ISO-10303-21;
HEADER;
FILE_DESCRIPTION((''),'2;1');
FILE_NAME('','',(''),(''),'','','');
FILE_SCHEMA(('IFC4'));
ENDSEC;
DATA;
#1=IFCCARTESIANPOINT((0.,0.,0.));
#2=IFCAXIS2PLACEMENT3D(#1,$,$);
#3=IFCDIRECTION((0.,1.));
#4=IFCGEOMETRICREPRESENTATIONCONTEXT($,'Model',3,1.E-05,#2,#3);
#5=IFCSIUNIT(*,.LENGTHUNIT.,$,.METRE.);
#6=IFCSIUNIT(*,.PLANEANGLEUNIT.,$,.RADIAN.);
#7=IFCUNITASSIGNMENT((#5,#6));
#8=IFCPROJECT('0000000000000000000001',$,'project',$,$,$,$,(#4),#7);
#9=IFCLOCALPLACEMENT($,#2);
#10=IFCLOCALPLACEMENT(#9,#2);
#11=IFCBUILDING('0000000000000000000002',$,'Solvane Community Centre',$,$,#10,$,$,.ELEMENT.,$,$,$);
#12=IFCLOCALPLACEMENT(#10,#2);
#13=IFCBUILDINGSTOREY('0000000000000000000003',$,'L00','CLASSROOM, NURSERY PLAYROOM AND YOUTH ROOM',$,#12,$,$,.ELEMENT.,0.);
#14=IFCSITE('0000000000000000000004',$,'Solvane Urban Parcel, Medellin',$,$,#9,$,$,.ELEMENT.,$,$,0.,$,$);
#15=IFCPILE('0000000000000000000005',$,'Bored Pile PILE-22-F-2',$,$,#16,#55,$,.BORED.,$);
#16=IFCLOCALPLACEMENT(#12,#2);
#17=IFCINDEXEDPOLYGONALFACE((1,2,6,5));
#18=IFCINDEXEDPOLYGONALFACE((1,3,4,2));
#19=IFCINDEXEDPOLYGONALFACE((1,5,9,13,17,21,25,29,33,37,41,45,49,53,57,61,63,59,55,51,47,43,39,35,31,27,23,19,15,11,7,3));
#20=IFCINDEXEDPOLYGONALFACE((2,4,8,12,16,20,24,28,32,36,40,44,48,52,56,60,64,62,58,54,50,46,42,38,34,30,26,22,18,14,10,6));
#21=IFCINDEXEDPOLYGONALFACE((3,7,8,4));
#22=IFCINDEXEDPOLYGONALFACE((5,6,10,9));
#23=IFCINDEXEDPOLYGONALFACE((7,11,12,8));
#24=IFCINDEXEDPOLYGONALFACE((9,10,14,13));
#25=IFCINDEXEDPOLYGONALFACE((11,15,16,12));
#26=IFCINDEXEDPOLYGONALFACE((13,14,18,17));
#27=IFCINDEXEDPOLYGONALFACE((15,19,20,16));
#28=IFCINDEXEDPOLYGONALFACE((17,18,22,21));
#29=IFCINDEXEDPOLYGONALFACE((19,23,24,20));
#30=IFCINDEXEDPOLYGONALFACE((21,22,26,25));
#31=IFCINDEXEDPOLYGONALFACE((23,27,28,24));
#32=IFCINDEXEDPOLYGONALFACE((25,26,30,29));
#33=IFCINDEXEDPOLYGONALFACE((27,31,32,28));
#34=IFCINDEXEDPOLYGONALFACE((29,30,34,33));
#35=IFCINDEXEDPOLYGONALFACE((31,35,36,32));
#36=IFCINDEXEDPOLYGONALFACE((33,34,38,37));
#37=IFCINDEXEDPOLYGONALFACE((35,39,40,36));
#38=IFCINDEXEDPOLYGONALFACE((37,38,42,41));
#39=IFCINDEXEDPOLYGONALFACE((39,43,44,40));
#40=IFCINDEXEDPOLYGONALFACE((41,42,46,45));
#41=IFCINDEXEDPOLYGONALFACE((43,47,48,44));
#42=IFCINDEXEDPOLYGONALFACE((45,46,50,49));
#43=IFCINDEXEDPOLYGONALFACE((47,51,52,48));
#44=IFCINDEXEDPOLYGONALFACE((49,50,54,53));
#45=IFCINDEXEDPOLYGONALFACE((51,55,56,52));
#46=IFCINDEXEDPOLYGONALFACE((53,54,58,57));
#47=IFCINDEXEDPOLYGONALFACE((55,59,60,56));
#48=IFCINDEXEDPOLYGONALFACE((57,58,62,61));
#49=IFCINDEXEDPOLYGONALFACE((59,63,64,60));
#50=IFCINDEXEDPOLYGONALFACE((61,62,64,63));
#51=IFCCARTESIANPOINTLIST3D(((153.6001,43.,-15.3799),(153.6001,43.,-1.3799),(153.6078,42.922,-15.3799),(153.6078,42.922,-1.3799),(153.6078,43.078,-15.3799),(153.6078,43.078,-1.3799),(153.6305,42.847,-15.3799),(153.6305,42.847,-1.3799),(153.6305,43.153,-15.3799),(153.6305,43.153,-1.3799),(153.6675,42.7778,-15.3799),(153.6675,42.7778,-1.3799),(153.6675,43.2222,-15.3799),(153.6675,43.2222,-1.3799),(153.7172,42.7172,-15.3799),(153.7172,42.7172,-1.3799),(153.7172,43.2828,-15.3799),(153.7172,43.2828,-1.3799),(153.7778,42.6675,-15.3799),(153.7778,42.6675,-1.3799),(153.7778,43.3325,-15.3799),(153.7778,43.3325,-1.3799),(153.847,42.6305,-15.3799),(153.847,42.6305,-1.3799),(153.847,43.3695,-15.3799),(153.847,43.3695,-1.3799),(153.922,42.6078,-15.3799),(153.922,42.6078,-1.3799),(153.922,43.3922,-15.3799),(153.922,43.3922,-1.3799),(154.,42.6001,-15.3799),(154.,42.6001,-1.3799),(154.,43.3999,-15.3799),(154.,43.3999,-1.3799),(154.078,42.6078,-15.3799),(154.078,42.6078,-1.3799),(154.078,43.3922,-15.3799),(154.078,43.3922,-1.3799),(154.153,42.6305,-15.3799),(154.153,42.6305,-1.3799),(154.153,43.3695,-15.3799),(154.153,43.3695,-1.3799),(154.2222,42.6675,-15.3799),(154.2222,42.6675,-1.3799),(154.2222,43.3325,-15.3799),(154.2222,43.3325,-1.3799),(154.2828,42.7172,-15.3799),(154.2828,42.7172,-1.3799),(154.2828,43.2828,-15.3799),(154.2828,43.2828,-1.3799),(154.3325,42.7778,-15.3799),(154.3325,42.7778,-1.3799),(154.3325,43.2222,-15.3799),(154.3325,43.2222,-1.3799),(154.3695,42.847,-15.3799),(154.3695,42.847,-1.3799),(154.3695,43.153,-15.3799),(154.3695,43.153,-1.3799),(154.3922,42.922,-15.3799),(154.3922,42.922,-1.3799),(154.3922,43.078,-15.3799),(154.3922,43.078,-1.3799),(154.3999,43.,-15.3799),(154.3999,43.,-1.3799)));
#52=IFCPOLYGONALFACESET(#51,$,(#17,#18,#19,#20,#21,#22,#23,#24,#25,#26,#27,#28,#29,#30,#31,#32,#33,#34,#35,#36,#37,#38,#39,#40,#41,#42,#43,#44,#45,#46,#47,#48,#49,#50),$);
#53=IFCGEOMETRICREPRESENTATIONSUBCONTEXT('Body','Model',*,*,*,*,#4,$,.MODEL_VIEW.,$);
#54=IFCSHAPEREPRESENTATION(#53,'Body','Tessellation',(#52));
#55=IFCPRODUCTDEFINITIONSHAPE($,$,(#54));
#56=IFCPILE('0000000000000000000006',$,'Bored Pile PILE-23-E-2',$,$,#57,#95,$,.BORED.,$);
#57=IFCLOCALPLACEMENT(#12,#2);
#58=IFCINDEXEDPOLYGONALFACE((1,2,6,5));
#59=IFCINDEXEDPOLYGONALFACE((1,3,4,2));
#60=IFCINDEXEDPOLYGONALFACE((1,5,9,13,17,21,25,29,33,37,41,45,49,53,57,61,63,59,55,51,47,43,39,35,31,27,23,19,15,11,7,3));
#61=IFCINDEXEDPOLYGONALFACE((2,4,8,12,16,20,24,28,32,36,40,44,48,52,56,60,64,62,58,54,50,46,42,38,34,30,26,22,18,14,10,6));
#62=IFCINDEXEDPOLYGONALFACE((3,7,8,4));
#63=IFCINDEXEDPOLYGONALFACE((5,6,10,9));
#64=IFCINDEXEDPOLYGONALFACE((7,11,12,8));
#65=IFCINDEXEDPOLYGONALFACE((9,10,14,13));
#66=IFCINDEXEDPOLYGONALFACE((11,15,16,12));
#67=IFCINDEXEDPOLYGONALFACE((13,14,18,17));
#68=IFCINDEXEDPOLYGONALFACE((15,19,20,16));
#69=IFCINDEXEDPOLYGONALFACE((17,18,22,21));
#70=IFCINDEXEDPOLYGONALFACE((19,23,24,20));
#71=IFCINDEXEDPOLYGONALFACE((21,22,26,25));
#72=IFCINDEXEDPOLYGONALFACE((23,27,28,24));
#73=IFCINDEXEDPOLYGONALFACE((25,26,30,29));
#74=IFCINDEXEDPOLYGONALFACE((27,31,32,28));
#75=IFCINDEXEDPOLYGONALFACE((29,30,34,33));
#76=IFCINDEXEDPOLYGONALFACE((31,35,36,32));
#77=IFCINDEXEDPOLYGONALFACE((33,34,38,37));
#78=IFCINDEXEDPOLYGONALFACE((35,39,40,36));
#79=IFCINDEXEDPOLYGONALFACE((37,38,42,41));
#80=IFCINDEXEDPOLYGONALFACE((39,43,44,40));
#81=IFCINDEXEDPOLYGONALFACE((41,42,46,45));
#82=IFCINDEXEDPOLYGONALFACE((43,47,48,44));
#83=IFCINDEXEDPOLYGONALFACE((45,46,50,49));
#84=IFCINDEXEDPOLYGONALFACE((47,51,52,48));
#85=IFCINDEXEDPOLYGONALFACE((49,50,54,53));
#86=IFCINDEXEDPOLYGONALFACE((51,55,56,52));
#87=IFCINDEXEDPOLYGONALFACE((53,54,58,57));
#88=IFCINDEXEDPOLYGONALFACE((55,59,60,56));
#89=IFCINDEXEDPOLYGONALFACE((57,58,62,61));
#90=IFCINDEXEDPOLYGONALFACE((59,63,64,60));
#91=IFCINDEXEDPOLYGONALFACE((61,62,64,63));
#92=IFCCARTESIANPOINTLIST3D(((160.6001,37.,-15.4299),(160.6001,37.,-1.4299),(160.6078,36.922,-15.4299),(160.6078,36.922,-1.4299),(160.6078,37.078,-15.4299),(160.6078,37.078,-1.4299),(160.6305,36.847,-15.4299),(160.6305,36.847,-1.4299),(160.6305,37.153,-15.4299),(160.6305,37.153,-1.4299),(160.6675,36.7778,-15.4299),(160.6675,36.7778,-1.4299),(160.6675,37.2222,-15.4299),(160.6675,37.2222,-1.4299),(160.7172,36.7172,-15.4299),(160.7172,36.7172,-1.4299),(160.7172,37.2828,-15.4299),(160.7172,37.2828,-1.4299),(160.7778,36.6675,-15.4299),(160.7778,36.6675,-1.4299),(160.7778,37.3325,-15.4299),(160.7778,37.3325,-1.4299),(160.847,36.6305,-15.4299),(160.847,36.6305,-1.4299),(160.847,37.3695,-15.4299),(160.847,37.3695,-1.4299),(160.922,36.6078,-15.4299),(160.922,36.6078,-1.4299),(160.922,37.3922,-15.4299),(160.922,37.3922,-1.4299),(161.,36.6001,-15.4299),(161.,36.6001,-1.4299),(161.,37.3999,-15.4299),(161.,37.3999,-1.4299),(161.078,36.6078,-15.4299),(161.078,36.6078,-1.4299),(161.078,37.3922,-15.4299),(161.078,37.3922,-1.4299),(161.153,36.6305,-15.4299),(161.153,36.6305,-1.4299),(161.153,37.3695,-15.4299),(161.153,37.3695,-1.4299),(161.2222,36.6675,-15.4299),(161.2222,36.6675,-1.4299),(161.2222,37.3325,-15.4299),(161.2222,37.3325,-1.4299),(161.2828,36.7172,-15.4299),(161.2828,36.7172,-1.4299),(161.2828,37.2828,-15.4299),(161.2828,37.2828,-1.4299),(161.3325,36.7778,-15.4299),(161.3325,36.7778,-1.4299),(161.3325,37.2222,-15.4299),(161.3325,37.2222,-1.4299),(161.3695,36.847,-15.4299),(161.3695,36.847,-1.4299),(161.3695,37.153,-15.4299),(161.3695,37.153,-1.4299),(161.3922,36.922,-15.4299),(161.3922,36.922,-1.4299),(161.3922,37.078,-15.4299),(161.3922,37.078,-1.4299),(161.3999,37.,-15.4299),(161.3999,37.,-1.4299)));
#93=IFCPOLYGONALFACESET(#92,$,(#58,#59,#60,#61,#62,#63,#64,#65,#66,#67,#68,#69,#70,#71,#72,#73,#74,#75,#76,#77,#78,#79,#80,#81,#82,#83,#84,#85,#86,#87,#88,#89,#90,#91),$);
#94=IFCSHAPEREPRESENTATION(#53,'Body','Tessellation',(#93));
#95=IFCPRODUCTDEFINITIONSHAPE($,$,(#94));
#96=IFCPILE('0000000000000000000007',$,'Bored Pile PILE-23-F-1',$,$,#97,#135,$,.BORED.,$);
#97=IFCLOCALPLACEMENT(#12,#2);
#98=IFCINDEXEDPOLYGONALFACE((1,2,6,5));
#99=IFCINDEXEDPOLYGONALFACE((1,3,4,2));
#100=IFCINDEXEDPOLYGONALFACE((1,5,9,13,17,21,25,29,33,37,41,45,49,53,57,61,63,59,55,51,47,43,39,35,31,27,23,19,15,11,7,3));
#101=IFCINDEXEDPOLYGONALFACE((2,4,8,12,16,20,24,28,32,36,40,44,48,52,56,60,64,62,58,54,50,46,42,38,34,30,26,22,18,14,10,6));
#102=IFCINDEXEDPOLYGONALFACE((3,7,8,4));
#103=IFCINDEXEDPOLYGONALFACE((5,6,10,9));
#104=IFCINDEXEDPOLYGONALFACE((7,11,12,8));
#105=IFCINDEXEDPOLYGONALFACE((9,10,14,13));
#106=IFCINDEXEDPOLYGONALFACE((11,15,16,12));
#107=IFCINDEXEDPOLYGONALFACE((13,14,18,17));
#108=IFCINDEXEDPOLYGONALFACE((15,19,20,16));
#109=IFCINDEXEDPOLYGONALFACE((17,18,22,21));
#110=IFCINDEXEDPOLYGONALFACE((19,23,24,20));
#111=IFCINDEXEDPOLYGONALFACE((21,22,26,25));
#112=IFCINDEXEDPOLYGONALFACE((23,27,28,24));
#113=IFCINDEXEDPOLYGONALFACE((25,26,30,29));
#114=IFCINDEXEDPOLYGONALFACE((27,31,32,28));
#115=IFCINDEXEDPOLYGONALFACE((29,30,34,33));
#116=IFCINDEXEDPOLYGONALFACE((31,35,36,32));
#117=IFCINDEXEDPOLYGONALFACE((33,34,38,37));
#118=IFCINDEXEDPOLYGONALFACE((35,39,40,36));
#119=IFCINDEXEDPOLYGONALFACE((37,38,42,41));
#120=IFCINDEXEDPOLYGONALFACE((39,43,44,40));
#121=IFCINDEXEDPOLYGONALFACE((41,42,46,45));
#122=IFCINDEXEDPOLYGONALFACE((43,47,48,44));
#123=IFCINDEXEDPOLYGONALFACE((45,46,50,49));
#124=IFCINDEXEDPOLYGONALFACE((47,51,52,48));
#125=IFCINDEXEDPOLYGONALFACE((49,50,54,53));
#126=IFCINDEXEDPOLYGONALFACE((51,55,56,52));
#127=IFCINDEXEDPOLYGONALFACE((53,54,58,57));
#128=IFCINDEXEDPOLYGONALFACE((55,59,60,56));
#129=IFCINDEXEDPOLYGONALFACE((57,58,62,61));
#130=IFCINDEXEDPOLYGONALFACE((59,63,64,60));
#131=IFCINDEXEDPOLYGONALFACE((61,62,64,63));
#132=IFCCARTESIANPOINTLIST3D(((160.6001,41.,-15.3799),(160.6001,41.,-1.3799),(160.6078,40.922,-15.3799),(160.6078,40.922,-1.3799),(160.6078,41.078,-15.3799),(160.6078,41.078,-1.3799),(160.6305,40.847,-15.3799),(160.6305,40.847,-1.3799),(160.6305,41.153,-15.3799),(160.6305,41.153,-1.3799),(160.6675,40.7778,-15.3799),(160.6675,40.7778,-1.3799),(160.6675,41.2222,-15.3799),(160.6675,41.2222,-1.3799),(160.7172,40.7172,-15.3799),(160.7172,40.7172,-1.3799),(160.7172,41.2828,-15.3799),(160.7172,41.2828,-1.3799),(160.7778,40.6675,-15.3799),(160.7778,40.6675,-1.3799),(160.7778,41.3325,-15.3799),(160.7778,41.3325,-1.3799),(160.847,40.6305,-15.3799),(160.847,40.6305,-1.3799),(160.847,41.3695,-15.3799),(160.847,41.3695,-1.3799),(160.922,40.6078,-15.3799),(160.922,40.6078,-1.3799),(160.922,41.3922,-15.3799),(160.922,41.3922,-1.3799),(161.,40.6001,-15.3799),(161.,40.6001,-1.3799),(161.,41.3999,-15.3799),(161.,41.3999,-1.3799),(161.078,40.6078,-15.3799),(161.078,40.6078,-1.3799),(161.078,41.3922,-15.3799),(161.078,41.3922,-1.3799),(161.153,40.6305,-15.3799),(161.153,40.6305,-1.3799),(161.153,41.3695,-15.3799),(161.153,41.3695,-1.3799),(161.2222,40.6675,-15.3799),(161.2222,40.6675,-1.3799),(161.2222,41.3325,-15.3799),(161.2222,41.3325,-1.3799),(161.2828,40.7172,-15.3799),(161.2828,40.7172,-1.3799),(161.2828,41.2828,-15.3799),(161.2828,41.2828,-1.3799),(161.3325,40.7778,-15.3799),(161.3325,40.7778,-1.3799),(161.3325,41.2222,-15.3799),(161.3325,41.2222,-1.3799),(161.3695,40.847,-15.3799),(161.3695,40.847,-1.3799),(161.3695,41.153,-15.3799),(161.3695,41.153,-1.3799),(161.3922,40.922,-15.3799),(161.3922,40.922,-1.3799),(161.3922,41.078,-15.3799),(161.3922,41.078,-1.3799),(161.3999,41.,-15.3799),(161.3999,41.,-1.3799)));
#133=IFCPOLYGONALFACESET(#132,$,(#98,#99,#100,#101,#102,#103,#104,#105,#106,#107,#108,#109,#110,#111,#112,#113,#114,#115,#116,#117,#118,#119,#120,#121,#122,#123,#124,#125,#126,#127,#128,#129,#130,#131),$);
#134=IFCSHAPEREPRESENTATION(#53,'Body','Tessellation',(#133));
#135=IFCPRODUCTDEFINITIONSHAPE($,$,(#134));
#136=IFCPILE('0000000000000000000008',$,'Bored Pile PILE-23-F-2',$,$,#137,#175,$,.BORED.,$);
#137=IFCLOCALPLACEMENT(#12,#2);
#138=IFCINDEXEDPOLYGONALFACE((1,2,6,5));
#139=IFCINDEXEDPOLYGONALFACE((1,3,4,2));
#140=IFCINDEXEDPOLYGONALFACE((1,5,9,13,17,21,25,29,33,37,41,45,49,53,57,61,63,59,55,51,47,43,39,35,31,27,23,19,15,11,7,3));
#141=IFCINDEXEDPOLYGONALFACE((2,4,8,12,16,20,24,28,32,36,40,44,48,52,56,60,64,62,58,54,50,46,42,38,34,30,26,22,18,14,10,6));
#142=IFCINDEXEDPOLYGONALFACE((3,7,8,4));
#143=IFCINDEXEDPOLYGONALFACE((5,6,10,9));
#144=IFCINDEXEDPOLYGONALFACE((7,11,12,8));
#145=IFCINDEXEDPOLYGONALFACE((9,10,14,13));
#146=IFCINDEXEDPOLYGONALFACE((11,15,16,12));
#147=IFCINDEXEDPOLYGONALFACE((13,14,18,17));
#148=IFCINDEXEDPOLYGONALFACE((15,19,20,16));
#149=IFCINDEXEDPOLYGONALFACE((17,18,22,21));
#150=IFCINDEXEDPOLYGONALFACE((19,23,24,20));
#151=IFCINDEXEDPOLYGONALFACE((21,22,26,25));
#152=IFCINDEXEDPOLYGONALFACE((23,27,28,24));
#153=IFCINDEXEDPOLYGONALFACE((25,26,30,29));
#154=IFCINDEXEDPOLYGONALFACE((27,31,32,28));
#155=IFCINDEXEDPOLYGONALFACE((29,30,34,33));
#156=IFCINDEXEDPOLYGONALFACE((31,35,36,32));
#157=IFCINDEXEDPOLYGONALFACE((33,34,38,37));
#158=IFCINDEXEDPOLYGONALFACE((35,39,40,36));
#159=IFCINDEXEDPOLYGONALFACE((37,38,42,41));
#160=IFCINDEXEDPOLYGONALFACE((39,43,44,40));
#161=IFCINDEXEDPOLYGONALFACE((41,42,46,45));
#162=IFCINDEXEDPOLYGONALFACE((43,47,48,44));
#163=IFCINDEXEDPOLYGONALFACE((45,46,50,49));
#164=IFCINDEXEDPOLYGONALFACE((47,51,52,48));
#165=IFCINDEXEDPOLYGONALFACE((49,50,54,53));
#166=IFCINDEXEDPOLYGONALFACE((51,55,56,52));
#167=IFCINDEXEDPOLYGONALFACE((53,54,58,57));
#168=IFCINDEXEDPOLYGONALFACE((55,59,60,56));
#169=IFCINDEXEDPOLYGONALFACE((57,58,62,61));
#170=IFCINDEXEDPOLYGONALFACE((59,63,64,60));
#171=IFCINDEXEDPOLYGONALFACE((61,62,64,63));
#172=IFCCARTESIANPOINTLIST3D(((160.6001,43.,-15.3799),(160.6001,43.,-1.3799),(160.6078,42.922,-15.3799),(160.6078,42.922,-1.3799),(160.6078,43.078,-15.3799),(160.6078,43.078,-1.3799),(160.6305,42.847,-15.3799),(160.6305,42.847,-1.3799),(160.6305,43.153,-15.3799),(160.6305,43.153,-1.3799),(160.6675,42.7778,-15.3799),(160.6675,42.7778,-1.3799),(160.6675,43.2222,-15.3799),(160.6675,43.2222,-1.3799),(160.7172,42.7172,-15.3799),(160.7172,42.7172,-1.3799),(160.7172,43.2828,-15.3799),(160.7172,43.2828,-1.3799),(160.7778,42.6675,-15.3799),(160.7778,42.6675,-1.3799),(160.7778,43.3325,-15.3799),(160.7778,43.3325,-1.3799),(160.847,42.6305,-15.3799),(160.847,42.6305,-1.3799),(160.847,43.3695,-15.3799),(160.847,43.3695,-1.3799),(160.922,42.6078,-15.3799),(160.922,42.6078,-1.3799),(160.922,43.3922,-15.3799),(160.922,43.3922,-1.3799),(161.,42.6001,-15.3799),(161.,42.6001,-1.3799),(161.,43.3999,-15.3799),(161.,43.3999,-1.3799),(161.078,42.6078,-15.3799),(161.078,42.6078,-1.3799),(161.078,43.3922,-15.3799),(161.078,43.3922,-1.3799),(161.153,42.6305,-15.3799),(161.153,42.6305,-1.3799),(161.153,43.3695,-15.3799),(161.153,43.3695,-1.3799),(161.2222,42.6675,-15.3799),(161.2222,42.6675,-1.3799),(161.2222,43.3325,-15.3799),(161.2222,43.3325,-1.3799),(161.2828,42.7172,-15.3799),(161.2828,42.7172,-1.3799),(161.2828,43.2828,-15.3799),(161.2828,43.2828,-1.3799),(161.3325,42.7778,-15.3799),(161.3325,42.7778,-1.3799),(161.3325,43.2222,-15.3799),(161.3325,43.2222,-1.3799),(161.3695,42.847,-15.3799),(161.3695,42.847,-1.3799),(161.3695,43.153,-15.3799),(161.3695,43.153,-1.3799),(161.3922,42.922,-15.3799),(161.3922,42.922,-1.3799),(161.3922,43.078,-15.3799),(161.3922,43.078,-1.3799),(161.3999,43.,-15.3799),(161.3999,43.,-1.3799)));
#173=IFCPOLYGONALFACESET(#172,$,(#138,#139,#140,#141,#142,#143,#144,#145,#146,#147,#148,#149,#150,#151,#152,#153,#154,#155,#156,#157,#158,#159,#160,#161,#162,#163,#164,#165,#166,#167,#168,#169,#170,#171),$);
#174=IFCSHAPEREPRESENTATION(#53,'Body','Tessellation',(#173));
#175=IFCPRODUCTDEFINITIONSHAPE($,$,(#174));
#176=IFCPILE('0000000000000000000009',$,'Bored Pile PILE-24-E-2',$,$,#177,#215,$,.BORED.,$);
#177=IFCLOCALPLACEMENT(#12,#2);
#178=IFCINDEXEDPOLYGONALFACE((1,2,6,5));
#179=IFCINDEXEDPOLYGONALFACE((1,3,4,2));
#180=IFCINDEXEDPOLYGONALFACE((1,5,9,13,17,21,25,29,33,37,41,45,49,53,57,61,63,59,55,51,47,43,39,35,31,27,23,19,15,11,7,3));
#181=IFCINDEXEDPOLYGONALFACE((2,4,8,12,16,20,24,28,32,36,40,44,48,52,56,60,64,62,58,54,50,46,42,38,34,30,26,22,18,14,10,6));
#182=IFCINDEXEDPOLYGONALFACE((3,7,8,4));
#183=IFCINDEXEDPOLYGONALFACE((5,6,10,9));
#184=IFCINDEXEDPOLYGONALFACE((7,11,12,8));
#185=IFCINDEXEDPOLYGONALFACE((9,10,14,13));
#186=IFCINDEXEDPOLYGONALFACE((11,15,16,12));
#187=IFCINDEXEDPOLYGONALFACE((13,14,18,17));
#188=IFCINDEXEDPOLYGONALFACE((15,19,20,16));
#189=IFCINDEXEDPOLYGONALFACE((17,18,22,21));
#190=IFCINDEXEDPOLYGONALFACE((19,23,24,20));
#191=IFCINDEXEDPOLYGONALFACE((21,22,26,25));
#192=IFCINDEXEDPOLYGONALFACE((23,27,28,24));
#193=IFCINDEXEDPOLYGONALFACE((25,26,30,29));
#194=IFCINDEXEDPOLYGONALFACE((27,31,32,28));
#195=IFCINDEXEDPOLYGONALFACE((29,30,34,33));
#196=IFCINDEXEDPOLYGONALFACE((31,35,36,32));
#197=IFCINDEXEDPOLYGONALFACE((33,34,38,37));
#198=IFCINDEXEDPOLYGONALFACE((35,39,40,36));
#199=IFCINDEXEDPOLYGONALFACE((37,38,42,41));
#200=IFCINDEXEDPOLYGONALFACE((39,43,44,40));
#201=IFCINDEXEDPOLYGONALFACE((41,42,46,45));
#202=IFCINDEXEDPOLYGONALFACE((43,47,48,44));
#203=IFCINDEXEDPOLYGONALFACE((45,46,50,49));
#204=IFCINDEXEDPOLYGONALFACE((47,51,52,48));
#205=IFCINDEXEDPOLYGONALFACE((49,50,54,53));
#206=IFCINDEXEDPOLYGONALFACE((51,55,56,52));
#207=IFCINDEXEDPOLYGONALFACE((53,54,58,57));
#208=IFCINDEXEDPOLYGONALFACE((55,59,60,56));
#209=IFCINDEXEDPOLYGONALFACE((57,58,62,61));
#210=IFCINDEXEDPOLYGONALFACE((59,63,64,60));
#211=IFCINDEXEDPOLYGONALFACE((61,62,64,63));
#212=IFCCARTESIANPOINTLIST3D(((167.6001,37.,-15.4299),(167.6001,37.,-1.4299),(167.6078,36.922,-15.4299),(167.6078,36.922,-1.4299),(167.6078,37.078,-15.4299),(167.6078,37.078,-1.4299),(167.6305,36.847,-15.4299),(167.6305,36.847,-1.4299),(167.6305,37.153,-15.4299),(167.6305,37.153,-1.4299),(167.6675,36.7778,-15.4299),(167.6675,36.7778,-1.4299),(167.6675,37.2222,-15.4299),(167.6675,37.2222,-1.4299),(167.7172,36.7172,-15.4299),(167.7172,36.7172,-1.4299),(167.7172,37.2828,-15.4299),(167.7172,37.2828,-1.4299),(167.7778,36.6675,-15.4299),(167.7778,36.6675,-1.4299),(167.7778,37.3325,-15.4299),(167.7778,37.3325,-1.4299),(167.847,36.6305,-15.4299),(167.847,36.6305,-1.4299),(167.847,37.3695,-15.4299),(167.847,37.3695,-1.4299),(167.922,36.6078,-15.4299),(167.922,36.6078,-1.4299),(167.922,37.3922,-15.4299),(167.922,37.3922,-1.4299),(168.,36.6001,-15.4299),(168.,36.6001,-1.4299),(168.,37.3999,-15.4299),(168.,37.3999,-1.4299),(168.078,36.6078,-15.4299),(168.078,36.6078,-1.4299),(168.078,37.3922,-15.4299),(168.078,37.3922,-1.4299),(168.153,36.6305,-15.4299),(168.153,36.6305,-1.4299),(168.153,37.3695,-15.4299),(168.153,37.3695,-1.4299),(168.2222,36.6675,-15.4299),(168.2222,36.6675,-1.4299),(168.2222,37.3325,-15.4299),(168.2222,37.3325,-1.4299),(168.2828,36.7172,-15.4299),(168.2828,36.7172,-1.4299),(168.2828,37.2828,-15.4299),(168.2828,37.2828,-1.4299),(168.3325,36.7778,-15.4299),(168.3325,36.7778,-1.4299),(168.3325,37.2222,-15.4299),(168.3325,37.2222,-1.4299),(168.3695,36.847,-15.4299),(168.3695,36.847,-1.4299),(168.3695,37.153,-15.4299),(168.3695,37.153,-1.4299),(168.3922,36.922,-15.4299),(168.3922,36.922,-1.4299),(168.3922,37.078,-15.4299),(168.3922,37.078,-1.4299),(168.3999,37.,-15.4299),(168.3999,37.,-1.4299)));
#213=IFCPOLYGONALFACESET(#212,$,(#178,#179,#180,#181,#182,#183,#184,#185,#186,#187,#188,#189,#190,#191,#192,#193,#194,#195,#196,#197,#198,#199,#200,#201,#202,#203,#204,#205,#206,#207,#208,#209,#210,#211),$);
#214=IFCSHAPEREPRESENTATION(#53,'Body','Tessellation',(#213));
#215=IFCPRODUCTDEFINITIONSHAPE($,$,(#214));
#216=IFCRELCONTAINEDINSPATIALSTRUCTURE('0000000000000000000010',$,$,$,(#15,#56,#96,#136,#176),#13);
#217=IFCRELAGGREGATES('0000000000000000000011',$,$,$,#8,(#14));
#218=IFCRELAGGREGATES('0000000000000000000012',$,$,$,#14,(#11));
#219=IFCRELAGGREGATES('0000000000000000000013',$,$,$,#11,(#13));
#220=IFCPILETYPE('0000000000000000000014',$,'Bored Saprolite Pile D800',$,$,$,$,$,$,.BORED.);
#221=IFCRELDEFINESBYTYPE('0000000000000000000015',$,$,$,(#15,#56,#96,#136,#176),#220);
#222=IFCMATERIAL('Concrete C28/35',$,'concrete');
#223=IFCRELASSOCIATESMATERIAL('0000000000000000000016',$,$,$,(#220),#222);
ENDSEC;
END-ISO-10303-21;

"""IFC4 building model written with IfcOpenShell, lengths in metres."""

from ifc_helpers import new_model, si_unit, direction, frame, origin, origin_2d, place, context, subcontext, project, spatial, circle, extrude, material, material_profile, profile_set, type_object, element, save


model = new_model("IFC4")

# Units and contexts
model_context = context("Model", 3, precision=1e-05, world=origin(), true_north=direction((0.0, 1.0)))
body_context = subcontext(model_context, "Body", "Model", "MODEL_VIEW")
ifc_project = project(units=[si_unit("LENGTHUNIT", "METRE"), si_unit("PLANEANGLEUNIT", "RADIAN")], contexts=[model_context])

# Site, building, storey
site_placement = place(None, origin())
site = spatial("IfcSite", under=ifc_project, at=site_placement, Name="Solvane Urban Parcel, Medellin", CompositionType="ELEMENT", RefElevation=0.0)
building_placement = place(site_placement, origin())
building = spatial("IfcBuilding", under=site, at=building_placement, Name="Solvane Community Centre", CompositionType="ELEMENT")
storey_placement = place(building_placement, origin())
storey = spatial("IfcBuildingStorey", under=building, at=storey_placement, Name="L00", Description="CLASSROOM, NURSERY PLAYROOM AND YOUTH ROOM", CompositionType="ELEMENT", Elevation=0.0)

# Piles
ifc_material_1 = material(Name="Concrete C28/35", Category="concrete")
ifc_material_profile_1 = material_profile(ifc_material_1, circle(Radius=0.3999, at=origin_2d()), Name="PILE D800")
ifc_profile_set_1 = profile_set([ifc_material_profile_1], Name="Concrete C28/35")
pile_type = type_object("IfcPileType", Name="Bored Saprolite Pile D800", PredefinedType="BORED", material=ifc_profile_set_1)
for number, where, z_axis, x_axis, name in (
    (1, (154.0, 43.0, -1.3799), (0.0, 0.0, -1.0), (1.0, 0.0, 0.0), "Bored Pile PILE-22-F-2"),
    (2, (161.0, 37.0, -1.4299), (0.0, 0.0, -1.0), (1.0, 0.0, 0.0), "Bored Pile PILE-23-E-2"),
    (3, (161.0, 41.0, -1.3799), (0.0, 0.0, -1.0), (1.0, 0.0, 0.0), "Bored Pile PILE-23-F-1"),
    (4, (161.0, 43.0, -1.3799), (0.0, 0.0, -1.0), (1.0, 0.0, 0.0), "Bored Pile PILE-23-F-2"),
    (5, (168.0, 37.0, -1.4299), (0.0, 0.0, -1.0), (1.0, 0.0, 0.0), "Bored Pile PILE-24-E-2"),
):
    element("IfcPile", number, at=place(storey_placement, frame(where, z_axis=z_axis, x_axis=x_axis)), inside=storey, type_object=pile_type, Name=name, PredefinedType="BORED", context=body_context, shape_type="SweptSolid", body=[
        extrude(circle(Radius=0.3999, at=origin_2d()), origin(), (0.0, 0.0, 1.0), 14.0),
    ])

save(model, "model.ifc")
